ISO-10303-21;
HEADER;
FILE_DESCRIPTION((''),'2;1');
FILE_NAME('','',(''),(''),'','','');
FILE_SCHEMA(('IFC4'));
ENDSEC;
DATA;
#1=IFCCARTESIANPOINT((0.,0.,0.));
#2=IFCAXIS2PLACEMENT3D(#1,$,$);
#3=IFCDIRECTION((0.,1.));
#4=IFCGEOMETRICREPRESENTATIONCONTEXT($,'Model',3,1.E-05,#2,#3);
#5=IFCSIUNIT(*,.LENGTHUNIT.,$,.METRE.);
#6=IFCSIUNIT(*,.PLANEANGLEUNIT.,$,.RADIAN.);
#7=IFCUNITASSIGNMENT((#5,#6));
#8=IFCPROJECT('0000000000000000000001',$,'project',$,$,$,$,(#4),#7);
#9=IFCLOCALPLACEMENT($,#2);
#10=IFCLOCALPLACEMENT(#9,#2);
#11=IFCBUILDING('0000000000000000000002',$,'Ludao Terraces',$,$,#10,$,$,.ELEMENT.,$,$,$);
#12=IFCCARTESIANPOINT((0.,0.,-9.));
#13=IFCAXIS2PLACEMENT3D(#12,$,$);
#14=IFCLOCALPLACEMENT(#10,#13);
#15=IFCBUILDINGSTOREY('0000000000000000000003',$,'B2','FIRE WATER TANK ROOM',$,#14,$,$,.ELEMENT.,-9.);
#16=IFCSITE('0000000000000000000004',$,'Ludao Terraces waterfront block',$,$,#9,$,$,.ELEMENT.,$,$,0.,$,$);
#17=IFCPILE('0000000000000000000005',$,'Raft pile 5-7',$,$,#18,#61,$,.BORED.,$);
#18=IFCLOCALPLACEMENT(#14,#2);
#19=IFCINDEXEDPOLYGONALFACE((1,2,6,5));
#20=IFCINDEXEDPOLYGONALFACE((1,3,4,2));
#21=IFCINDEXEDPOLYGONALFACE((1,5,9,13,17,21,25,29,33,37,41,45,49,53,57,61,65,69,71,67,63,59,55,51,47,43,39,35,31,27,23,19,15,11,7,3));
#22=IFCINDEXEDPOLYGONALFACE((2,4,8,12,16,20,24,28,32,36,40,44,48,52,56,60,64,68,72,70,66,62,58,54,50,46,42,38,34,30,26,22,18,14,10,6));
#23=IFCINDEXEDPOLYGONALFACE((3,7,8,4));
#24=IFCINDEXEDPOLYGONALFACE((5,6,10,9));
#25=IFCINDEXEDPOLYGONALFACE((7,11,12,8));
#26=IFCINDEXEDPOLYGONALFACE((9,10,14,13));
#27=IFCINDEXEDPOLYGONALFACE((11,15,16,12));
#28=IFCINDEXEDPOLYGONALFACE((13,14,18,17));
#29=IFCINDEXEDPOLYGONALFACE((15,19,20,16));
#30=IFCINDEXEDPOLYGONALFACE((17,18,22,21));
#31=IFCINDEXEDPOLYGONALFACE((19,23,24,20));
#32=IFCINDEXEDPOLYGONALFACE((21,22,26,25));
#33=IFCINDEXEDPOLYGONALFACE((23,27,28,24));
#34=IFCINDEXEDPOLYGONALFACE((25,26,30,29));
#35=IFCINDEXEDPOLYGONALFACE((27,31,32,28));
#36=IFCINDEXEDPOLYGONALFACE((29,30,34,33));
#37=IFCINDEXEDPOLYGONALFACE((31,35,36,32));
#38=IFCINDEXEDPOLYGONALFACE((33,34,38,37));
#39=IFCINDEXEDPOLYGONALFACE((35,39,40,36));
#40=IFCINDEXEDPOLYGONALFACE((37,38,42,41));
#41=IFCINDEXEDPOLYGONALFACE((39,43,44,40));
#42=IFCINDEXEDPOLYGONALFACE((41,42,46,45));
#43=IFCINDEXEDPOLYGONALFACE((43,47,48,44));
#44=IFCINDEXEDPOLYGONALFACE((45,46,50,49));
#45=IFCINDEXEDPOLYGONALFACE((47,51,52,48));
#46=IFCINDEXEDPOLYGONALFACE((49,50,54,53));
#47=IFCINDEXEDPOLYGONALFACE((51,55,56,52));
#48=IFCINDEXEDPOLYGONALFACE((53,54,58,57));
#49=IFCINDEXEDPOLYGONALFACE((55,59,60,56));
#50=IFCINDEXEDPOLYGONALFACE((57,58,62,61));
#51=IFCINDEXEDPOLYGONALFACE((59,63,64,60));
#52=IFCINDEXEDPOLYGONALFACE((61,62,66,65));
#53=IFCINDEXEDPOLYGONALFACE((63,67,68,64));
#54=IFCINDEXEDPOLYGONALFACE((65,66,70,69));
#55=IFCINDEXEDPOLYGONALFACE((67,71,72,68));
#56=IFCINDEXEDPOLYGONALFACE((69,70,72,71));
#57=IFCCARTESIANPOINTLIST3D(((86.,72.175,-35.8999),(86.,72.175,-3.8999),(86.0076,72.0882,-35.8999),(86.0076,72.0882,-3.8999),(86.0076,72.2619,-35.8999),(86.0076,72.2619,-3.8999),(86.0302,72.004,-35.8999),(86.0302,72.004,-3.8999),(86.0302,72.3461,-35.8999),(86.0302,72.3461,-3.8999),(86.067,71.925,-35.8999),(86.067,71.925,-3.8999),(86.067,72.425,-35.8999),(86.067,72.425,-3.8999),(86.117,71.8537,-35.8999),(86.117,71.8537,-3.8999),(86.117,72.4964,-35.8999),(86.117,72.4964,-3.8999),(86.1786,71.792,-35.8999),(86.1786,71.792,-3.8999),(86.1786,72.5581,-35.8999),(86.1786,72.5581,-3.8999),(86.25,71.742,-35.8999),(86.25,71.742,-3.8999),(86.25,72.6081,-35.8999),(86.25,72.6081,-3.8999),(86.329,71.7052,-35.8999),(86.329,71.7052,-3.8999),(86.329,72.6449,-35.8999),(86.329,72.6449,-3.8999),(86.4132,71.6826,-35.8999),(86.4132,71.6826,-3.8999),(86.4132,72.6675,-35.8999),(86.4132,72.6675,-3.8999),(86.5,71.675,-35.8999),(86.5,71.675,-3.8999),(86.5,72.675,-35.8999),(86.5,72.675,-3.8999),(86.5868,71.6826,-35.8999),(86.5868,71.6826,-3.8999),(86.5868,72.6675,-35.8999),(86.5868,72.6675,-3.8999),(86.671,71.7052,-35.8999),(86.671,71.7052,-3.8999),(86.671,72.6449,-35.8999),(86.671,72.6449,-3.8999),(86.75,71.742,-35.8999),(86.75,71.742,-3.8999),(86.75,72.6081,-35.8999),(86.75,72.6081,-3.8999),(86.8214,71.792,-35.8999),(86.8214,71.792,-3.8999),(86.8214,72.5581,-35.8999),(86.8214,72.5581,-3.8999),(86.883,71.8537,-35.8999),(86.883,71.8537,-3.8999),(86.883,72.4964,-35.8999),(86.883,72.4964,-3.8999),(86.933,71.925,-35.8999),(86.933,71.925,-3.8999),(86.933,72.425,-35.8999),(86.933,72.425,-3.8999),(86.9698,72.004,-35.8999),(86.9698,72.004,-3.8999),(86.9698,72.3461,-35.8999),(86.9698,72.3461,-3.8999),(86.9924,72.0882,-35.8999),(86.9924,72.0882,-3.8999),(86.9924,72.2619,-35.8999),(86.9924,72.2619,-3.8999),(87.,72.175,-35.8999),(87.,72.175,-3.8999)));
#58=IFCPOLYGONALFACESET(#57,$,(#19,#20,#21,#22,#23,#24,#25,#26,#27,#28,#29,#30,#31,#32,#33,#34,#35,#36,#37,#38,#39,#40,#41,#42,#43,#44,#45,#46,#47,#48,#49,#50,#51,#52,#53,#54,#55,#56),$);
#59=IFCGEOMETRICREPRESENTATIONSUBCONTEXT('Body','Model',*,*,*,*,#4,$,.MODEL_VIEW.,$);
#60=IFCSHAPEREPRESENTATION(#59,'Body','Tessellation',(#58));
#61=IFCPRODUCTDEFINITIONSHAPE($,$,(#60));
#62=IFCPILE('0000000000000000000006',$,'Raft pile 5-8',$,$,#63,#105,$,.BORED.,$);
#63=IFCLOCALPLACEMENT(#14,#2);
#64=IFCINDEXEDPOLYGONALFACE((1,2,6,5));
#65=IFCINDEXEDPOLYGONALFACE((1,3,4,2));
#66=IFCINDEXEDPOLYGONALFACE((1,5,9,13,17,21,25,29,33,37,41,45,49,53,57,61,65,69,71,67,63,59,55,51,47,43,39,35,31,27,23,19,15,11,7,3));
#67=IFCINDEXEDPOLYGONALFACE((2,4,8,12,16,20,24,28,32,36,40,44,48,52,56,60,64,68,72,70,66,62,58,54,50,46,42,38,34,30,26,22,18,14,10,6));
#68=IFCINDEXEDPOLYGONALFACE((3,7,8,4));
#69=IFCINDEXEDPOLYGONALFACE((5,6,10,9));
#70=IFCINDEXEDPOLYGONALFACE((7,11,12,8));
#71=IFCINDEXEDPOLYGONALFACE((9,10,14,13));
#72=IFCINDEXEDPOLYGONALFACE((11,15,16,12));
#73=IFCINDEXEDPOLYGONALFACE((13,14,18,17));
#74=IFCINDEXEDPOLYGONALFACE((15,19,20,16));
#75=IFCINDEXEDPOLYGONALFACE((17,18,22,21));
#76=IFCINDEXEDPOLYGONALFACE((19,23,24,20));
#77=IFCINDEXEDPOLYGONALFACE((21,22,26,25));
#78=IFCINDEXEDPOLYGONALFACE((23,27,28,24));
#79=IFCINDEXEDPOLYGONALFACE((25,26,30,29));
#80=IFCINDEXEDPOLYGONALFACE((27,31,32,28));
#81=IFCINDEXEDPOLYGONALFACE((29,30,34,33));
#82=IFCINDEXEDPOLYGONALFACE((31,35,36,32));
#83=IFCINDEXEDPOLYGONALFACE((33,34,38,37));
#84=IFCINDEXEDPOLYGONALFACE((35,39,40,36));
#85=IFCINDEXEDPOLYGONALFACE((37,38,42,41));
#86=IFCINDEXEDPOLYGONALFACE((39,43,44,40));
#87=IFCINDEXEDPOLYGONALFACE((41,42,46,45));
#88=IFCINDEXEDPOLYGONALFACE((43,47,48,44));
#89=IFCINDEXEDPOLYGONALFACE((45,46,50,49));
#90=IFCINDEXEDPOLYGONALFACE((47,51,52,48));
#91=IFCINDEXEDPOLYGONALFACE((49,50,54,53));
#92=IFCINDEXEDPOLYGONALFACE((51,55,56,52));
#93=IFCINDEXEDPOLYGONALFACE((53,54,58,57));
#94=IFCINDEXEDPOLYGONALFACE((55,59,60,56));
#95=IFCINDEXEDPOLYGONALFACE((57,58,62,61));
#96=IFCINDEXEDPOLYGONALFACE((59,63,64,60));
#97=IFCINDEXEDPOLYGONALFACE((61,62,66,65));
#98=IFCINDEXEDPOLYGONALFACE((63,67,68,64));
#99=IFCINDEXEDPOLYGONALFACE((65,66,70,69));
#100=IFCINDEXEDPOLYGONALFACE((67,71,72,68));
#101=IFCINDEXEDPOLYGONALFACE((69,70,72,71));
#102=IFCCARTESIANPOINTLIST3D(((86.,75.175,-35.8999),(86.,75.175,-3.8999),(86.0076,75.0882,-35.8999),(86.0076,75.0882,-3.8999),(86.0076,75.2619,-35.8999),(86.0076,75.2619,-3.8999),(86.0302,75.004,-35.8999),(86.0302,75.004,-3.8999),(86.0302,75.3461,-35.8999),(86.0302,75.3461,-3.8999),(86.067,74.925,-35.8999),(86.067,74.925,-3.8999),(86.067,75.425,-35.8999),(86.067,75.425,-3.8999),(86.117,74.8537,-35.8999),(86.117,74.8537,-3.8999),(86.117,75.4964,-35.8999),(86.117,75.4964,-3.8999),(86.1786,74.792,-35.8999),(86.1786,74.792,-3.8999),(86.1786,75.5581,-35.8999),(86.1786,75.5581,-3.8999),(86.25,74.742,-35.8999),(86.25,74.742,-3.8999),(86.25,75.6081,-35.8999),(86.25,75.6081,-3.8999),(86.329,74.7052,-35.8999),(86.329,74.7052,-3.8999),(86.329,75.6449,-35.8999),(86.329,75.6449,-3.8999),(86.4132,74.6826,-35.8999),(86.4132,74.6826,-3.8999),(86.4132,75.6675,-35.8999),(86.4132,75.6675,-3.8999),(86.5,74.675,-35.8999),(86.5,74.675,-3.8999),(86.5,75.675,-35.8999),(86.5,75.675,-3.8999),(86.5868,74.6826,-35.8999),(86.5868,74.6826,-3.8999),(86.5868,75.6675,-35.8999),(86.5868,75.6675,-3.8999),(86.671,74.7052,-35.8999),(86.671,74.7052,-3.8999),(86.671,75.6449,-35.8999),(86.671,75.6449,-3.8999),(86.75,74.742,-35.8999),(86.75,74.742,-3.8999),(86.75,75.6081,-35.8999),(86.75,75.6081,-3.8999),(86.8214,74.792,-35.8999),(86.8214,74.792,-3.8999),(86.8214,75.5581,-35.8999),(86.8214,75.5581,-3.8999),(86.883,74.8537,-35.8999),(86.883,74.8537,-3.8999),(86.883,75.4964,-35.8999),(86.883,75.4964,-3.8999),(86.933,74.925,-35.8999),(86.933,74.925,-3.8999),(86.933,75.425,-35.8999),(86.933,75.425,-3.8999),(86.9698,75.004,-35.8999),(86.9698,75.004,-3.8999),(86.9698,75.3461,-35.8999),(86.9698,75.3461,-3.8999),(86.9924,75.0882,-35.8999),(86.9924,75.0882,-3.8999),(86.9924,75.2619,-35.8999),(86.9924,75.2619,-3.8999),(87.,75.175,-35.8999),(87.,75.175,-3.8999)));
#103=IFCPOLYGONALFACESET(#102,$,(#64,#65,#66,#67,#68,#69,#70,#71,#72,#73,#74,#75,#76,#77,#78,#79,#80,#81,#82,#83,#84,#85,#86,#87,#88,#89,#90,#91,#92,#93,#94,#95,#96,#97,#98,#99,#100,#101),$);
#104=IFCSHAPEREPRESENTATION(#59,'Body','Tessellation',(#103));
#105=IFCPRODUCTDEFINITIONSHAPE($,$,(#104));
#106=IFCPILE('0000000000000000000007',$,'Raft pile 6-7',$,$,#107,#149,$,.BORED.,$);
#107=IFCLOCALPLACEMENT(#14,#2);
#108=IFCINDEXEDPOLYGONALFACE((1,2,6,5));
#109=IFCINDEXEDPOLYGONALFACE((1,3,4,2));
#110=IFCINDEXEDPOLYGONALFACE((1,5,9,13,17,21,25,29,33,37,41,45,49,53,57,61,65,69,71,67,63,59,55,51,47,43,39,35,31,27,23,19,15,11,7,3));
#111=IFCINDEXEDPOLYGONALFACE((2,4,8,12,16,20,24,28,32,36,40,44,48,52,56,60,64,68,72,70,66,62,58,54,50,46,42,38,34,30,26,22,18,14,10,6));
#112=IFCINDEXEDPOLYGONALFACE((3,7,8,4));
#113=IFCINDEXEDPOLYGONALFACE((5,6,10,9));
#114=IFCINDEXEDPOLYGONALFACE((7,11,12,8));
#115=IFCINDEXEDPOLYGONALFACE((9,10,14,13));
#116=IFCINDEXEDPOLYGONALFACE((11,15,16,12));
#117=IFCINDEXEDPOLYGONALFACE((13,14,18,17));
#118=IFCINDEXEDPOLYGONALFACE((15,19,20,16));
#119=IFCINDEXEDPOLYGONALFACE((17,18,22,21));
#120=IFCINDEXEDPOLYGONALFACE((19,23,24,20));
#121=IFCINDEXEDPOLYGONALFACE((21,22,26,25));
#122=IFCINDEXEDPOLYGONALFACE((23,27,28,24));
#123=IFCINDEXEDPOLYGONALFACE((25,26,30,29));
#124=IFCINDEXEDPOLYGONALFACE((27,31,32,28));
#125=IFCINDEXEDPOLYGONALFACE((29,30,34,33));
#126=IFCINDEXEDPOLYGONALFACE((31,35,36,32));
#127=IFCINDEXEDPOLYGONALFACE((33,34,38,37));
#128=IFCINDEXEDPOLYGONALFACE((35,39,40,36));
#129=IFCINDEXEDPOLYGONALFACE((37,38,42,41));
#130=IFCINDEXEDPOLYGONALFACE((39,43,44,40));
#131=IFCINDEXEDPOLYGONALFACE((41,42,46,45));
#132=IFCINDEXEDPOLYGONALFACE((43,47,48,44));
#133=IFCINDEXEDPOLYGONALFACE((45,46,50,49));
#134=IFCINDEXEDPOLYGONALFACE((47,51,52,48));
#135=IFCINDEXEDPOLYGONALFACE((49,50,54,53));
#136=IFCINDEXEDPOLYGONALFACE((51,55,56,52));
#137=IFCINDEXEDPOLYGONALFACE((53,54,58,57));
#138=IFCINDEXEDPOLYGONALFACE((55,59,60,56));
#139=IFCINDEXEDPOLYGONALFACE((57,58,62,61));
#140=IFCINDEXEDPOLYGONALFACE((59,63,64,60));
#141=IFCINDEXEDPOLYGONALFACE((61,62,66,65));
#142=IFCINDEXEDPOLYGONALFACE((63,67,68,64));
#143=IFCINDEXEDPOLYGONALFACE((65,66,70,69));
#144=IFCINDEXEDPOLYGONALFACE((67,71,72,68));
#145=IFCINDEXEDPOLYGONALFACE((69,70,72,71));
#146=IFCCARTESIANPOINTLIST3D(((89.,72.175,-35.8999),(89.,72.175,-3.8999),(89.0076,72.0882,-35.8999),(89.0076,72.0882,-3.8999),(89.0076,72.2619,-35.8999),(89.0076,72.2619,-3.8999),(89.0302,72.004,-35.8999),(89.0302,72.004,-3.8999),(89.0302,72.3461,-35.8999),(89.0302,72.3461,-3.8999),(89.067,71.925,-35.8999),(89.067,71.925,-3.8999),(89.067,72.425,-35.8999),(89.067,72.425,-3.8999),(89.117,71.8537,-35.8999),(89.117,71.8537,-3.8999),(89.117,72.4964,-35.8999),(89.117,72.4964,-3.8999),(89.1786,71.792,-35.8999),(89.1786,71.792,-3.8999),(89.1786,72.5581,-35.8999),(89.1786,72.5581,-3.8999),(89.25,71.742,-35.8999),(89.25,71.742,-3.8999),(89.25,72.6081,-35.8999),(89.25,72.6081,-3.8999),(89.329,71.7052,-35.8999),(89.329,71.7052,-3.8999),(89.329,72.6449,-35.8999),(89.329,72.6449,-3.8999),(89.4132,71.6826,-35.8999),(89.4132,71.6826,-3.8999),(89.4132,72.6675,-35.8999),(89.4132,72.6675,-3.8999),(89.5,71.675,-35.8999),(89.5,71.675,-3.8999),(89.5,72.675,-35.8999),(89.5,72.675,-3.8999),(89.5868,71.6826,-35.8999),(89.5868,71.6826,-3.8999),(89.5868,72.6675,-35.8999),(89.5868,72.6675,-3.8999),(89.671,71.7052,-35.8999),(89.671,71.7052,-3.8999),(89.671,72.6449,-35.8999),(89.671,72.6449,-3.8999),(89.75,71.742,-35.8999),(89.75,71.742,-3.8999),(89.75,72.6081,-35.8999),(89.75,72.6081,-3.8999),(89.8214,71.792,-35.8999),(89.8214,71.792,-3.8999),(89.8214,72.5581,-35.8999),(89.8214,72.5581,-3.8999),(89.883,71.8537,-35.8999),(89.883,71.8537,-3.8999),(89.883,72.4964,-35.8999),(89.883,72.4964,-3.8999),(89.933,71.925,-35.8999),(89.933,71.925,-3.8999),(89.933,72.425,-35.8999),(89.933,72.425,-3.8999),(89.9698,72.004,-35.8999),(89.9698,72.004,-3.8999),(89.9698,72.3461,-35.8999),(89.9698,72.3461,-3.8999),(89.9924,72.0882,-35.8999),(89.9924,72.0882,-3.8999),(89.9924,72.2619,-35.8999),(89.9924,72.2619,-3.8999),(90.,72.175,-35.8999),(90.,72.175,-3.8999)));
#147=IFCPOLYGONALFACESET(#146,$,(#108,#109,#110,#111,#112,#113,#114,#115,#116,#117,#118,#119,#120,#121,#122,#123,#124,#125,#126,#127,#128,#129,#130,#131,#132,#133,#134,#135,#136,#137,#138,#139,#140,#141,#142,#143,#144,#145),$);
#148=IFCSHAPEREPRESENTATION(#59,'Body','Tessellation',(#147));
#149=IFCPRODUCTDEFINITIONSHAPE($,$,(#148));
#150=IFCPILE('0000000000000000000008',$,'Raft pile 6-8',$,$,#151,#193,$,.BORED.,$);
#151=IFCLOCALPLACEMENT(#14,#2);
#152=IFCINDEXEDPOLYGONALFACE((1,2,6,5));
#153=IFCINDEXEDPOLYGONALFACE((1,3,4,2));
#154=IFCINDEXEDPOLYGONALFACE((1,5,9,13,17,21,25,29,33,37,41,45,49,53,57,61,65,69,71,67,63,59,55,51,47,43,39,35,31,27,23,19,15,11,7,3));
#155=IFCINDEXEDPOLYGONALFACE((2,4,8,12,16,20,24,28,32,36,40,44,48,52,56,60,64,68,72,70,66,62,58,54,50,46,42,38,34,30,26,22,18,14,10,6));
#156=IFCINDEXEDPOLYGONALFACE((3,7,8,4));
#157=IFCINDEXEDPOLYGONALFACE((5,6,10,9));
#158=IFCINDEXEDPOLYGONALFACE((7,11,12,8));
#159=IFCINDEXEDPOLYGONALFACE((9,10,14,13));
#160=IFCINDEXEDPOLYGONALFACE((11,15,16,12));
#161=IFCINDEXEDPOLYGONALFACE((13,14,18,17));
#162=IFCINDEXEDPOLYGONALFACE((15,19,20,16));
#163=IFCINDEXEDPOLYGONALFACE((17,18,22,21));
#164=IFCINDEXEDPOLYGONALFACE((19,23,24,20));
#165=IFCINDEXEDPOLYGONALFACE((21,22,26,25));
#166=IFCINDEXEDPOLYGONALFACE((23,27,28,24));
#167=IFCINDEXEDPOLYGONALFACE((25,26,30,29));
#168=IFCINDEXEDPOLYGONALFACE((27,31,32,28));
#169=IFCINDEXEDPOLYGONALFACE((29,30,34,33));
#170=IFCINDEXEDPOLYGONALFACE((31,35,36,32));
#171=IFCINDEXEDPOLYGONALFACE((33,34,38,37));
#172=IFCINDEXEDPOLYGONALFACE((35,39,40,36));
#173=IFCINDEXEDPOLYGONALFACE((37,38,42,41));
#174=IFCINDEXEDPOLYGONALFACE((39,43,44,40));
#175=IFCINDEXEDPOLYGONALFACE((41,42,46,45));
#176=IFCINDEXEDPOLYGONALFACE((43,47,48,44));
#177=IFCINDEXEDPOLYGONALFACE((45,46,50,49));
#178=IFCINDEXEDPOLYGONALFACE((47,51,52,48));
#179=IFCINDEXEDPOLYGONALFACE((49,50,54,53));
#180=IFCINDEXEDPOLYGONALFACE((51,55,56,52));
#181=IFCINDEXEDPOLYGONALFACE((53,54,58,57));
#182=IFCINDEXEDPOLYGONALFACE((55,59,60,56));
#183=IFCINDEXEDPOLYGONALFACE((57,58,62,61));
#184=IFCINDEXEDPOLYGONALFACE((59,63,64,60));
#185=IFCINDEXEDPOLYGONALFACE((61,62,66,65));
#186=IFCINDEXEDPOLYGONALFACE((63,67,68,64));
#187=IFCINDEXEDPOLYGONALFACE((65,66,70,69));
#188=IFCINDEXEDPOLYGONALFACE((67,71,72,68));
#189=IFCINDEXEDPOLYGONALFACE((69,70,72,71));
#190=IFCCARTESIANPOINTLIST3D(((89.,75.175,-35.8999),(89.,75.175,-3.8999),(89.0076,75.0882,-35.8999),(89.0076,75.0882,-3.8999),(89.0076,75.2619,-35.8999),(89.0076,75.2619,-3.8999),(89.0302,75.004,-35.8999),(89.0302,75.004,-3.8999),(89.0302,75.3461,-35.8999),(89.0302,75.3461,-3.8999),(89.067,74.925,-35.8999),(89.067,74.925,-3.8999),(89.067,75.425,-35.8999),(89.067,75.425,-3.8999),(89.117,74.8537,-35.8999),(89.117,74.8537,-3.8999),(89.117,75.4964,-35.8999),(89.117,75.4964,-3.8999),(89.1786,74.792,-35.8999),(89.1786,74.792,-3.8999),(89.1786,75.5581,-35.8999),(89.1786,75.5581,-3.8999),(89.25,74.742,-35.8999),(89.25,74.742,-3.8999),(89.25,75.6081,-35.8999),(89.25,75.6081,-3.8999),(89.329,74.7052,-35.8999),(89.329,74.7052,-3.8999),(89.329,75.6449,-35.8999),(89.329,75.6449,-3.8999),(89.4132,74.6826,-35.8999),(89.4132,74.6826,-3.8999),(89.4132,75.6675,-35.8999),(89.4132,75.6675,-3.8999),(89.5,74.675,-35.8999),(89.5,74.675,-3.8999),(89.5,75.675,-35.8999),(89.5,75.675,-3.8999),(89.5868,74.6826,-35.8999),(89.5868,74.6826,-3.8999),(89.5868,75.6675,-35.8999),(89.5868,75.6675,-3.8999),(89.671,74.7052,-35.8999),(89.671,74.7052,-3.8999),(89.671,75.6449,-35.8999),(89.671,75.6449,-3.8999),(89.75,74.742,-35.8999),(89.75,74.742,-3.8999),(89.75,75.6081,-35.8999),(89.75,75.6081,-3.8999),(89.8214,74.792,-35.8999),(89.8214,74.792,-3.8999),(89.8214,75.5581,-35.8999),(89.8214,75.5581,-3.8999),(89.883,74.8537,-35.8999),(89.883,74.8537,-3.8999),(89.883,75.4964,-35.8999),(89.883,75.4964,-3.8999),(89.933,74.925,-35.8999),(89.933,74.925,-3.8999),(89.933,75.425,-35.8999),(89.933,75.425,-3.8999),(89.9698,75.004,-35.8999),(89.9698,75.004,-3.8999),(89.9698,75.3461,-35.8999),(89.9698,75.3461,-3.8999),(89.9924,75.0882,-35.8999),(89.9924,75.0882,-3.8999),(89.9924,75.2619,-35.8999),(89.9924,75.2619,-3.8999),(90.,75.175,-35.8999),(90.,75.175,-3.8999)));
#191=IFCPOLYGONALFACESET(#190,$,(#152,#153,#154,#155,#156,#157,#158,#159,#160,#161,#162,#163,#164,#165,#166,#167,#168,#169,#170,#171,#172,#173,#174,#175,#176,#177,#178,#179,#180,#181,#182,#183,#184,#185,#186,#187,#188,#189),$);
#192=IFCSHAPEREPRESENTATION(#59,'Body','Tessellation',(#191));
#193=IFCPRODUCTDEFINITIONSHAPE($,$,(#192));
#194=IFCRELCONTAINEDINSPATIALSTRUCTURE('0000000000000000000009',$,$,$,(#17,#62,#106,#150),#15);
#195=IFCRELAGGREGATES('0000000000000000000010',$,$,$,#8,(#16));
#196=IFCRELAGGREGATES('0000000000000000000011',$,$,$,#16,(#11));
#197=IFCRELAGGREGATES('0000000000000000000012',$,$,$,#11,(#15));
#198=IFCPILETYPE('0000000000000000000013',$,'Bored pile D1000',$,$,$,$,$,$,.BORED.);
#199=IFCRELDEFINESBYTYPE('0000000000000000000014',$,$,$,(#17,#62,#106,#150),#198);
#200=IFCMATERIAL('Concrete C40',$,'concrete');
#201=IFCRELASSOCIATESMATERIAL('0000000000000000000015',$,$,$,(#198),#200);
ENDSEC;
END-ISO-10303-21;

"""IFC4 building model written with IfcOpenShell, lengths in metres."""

from ifc_helpers import new_model, si_unit, direction, frame, origin, origin_2d, place, context, subcontext, project, spatial, circle, extrude, material, material_profile, profile_set, type_object, element, save


model = new_model("IFC4")

# Units and contexts
model_context = context("Model", 3, precision=1e-05, world=origin(), true_north=direction((0.0, 1.0)))
body_context = subcontext(model_context, "Body", "Model", "MODEL_VIEW")
ifc_project = project(units=[si_unit("LENGTHUNIT", "METRE"), si_unit("PLANEANGLEUNIT", "RADIAN")], contexts=[model_context])

# Site, building, storey
site_placement = place(None, origin())
site = spatial("IfcSite", under=ifc_project, at=site_placement, Name="Ludao Terraces waterfront block", CompositionType="ELEMENT", RefElevation=0.0)
building_placement = place(site_placement, origin())
building = spatial("IfcBuilding", under=site, at=building_placement, Name="Ludao Terraces", CompositionType="ELEMENT")
storey_placement = place(building_placement, frame((0.0, 0.0, -9.0)))
storey = spatial("IfcBuildingStorey", under=building, at=storey_placement, Name="B2", Description="FIRE WATER TANK ROOM", CompositionType="ELEMENT", Elevation=-9.0)

# Piles
ifc_material_1 = material(Name="Concrete C40", Category="concrete")
ifc_material_profile = material_profile(ifc_material_1, circle(Radius=0.5, at=origin_2d()), Name="D1000 BORED PILE")
ifc_profile_set = profile_set([ifc_material_profile], Name="Concrete C40")
pile_type = type_object("IfcPileType", Name="Bored pile D1000", PredefinedType="BORED", material=ifc_profile_set)
for number, where, z_axis, x_axis, name in (
    (1, (86.5, 72.175, -3.8999), (0.0, 0.0, -1.0), (1.0, 0.0, 0.0), "Raft pile 5-7"),
    (2, (86.5, 75.175, -3.8999), (0.0, 0.0, -1.0), (1.0, 0.0, 0.0), "Raft pile 5-8"),
    (3, (89.5, 72.175, -3.8999), (0.0, 0.0, -1.0), (1.0, 0.0, 0.0), "Raft pile 6-7"),
    (4, (89.5, 75.175, -3.8999), (0.0, 0.0, -1.0), (1.0, 0.0, 0.0), "Raft pile 6-8"),
):
    element("IfcPile", number, at=place(storey_placement, frame(where, z_axis=z_axis, x_axis=x_axis)), inside=storey, type_object=pile_type, Name=name, PredefinedType="BORED", context=body_context, shape_type="SweptSolid", body=[
        extrude(circle(Radius=0.5, at=origin_2d()), origin(), (0.0, 0.0, 1.0), 32.0),
    ])

save(model, "model.ifc")
